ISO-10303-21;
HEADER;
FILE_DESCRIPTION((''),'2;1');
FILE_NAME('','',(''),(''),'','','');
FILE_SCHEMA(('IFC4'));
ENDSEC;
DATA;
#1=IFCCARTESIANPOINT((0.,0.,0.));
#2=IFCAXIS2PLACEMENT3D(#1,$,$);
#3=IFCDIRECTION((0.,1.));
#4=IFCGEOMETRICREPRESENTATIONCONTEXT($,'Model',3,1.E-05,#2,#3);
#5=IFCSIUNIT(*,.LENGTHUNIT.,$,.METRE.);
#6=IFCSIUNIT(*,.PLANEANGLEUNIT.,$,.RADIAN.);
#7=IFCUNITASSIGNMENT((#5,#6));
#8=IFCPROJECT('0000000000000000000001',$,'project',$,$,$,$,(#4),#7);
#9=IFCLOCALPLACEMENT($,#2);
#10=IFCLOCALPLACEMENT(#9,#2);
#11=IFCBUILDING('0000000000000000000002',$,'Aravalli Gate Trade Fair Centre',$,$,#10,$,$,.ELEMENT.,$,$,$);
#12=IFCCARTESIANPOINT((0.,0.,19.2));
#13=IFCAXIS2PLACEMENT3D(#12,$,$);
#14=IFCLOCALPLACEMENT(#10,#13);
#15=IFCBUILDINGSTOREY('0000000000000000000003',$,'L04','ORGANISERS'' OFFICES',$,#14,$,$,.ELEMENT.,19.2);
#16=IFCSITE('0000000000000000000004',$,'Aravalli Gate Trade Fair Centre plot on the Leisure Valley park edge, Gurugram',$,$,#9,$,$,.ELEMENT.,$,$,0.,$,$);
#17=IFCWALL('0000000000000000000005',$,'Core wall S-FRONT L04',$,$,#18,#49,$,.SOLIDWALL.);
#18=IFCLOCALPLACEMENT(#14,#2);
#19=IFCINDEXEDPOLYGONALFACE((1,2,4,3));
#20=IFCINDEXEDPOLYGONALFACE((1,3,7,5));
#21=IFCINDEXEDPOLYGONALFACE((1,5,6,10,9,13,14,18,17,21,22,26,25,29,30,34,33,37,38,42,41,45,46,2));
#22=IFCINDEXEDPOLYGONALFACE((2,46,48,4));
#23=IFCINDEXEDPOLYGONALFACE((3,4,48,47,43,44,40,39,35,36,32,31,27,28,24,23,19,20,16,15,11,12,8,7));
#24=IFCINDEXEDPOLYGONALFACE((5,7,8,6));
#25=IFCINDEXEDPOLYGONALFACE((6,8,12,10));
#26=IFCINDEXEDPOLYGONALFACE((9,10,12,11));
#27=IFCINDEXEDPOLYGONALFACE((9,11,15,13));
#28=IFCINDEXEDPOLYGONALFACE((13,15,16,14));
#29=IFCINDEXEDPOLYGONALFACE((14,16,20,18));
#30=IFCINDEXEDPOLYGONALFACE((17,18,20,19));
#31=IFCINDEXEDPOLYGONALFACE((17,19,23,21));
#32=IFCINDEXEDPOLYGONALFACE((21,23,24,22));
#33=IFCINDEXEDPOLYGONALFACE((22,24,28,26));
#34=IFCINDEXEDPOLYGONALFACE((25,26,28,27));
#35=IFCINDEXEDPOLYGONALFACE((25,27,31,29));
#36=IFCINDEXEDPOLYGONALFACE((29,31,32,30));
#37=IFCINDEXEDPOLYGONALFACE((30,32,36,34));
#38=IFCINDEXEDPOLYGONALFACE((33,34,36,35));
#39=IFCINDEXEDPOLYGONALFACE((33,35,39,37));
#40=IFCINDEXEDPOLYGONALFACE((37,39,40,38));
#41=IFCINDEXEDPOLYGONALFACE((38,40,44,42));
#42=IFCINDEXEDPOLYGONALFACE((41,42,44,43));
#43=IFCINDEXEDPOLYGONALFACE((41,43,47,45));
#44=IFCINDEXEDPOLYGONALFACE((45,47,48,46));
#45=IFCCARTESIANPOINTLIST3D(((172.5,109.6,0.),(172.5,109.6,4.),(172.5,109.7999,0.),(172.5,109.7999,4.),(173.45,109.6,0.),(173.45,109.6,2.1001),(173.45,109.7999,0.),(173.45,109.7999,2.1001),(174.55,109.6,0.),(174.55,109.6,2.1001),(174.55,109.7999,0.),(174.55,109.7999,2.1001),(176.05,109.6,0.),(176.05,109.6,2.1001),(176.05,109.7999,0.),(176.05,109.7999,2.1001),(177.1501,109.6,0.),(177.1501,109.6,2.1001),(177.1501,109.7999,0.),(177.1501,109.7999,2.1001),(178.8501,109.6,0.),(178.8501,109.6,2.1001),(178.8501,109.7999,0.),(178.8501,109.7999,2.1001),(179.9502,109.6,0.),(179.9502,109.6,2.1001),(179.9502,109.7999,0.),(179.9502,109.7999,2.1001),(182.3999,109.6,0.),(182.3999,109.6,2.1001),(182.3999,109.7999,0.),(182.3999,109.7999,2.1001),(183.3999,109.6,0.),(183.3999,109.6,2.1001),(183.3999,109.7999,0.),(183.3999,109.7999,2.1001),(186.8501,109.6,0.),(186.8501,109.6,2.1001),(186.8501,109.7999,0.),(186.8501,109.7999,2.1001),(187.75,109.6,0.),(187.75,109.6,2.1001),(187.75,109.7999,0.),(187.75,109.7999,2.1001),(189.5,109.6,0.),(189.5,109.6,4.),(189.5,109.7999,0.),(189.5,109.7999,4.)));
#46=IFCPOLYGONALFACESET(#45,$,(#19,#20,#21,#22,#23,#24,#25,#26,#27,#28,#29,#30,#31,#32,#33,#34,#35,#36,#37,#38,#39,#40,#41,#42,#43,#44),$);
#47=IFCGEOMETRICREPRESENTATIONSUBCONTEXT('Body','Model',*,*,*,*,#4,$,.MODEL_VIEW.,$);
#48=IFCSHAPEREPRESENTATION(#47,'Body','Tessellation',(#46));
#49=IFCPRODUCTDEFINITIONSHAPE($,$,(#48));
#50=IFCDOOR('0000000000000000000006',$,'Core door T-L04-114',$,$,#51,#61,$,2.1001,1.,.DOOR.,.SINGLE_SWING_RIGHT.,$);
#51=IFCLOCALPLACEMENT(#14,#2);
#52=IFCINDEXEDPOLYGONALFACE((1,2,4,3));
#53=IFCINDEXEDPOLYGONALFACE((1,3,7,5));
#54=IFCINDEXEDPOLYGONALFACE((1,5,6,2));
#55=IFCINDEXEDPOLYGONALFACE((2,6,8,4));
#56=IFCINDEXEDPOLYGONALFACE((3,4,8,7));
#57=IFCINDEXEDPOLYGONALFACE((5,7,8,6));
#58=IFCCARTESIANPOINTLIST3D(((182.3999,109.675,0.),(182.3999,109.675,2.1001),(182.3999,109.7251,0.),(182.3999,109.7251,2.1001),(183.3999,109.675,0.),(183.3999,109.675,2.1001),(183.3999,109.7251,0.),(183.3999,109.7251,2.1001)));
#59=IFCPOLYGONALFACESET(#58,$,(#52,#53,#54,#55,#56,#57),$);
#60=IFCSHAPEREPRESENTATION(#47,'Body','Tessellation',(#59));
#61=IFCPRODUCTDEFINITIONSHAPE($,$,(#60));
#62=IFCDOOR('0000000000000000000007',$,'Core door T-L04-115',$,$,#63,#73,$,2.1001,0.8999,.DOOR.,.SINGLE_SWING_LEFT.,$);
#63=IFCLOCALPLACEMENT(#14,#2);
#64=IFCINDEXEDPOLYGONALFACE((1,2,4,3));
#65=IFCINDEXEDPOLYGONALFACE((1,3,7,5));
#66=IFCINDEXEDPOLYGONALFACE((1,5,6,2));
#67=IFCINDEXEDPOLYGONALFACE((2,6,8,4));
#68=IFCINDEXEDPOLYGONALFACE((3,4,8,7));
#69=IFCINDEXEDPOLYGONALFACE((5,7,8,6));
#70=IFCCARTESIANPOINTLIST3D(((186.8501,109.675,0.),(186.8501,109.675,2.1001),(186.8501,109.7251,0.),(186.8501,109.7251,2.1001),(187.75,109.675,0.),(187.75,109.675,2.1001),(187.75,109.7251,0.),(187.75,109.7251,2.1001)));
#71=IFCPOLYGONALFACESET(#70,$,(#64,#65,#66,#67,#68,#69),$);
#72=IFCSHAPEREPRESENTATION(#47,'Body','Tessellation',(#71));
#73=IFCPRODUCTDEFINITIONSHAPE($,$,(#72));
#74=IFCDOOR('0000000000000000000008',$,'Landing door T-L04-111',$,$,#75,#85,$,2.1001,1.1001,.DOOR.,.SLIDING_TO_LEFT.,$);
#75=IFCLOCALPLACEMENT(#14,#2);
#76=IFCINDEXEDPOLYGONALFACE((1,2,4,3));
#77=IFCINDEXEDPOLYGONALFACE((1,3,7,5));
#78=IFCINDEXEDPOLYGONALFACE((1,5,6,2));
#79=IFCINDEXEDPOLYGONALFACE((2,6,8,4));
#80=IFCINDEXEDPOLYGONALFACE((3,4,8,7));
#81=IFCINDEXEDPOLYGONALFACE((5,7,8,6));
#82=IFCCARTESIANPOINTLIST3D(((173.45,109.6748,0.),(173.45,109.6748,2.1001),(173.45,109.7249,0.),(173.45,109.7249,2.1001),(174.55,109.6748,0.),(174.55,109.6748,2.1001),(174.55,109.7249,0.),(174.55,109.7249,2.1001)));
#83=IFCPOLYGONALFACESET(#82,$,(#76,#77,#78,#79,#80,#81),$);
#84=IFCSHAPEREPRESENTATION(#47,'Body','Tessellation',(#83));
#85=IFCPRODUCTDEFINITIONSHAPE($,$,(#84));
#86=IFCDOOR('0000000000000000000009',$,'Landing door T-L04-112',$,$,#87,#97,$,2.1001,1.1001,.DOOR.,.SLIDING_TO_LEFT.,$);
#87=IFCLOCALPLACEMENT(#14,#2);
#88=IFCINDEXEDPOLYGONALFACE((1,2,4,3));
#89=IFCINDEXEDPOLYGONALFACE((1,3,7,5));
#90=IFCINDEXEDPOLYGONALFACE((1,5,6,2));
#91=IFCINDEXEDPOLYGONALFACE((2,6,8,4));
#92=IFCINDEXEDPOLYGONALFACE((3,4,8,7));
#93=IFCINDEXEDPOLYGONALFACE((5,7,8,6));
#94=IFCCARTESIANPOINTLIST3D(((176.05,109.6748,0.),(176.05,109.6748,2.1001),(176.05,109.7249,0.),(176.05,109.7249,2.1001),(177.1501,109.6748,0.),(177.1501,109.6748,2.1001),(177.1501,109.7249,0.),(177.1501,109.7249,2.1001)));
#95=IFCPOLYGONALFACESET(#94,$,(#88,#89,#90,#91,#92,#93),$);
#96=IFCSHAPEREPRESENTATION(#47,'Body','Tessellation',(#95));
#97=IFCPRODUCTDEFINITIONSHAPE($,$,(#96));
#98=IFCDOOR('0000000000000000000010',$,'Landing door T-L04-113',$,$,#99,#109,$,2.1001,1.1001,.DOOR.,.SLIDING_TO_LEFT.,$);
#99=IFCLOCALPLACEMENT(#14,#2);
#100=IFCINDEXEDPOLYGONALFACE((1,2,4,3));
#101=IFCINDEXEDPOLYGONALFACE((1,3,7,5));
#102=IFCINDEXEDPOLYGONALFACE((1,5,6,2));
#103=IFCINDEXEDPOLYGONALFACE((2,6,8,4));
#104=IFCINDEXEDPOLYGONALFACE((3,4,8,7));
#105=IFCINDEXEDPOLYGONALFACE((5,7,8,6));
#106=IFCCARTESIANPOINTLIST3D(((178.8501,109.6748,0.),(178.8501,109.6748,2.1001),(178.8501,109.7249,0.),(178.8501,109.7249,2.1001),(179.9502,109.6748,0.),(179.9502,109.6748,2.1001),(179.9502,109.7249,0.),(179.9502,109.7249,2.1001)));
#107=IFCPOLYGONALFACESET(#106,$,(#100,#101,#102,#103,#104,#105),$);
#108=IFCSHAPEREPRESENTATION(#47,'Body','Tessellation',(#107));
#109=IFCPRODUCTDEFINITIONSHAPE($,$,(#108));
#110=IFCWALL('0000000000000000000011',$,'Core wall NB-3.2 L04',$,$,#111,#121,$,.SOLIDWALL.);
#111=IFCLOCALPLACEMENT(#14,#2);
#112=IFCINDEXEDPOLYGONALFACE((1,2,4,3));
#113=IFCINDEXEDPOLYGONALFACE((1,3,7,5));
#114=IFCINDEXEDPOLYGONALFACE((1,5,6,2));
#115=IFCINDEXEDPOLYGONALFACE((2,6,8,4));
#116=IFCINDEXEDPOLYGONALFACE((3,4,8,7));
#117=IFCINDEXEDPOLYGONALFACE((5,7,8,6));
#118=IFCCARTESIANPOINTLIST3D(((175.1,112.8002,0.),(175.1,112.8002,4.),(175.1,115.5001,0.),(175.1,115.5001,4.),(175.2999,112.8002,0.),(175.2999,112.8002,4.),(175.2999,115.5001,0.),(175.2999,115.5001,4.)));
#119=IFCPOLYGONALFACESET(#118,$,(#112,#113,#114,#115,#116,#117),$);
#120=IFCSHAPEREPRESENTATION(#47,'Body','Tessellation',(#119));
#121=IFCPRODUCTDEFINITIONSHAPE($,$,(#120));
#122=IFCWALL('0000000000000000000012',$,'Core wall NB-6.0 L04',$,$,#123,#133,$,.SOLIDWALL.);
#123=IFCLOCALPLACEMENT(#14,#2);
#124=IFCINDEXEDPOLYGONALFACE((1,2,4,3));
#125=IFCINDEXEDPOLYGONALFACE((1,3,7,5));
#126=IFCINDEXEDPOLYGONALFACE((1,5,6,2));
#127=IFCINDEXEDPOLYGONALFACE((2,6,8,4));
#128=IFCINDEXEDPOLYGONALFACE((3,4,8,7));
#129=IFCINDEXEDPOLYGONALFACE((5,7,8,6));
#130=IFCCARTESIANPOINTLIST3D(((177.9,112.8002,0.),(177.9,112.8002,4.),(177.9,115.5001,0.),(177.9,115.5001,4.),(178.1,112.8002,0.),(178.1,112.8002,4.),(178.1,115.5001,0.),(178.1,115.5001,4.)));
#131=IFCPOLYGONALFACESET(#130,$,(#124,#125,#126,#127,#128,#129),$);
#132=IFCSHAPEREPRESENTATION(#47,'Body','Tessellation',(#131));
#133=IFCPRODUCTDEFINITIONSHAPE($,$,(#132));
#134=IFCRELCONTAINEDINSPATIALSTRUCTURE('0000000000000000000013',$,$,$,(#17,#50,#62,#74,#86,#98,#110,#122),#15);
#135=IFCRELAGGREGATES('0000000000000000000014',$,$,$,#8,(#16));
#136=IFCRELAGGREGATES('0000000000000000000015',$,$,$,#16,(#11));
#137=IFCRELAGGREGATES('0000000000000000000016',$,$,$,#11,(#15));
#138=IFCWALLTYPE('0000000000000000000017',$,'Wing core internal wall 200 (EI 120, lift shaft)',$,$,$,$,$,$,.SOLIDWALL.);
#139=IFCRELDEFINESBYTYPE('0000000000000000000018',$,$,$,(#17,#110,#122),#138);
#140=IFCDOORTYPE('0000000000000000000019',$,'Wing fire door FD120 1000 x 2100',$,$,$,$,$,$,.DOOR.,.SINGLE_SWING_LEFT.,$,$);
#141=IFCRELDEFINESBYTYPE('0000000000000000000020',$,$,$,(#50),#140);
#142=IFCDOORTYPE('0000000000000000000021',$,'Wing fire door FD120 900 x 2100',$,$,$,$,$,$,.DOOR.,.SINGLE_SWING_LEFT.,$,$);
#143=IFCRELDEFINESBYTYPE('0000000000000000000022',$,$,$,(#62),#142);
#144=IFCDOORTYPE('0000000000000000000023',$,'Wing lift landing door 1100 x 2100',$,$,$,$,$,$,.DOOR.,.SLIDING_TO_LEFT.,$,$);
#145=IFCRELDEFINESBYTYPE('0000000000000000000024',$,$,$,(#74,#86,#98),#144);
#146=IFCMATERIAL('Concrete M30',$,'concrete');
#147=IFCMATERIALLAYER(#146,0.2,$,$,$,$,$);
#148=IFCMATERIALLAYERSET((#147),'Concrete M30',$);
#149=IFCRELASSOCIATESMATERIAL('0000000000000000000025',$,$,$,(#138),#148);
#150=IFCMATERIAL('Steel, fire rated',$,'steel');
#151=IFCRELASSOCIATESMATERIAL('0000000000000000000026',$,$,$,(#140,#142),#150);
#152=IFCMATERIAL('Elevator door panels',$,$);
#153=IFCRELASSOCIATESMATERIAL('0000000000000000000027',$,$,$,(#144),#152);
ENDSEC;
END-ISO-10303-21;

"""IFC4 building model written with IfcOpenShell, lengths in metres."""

from ifc_helpers import new_model, si_unit, direction, frame, frame_2d, origin, place, context, subcontext, project, spatial, rectangle, extrude, material, layer, layer_set, type_object, element, fill, save


model = new_model("IFC4")

# Units and contexts
model_context = context("Model", 3, precision=1e-05, world=origin(), true_north=direction((0.0, 1.0)))
body_context = subcontext(model_context, "Body", "Model", "MODEL_VIEW")
ifc_project = project(units=[si_unit("LENGTHUNIT", "METRE"), si_unit("PLANEANGLEUNIT", "RADIAN")], contexts=[model_context])

# Site, building, storey
site_placement = place(None, origin())
site = spatial("IfcSite", under=ifc_project, at=site_placement, Name="Aravalli Gate Trade Fair Centre plot on the Leisure Valley park edge, Gurugram", CompositionType="ELEMENT", RefElevation=0.0)
building_placement = place(site_placement, origin())
building = spatial("IfcBuilding", under=site, at=building_placement, Name="Aravalli Gate Trade Fair Centre", CompositionType="ELEMENT")
storey_placement = place(building_placement, frame((0.0, 0.0, 19.2)))
storey = spatial("IfcBuildingStorey", under=building, at=storey_placement, Name="L04", Description="ORGANISERS' OFFICES", CompositionType="ELEMENT", Elevation=19.2)

# Shared definitions
ifc_material_1 = material(Name="Concrete M30", Category="concrete")

# Wall, openings, doors
ifc_layer_1 = layer(ifc_material_1, 0.2)
ifc_layer_set_1 = layer_set([ifc_layer_1], Name="Concrete M30")
wall_type_1 = type_object("IfcWallType", Name="Wing core internal wall 200 (EI 120, lift shaft)", PredefinedType="SOLIDWALL", material=ifc_layer_set_1)
wall_1_placement = place(storey_placement, frame((172.5, 109.7, 0.0), z_axis=(0.0, 0.0, 1.0), x_axis=(1.0, 0.0, 0.0)))
wall_1 = element("IfcWall", 1, at=wall_1_placement, inside=storey, type_object=wall_type_1, Name="Core wall S-FRONT L04", PredefinedType="SOLIDWALL", context=body_context, shape_type="SweptSolid", body=[
    extrude(rectangle(XDim=17.0, YDim=0.2, at=frame_2d((8.5, 0.0))), origin(), (0.0, 0.0, 1.0), 4.0),
])
opening_1_placement = place(wall_1_placement, frame((0.95, 0.0, 0.0)))
opening_1 = element("IfcOpeningElement", 2, at=opening_1_placement, cuts=wall_1, PredefinedType="OPENING", context=body_context, shape_type="SweptSolid", body=[
    extrude(rectangle(XDim=1.1001, YDim=2.1001, at=frame_2d((0.55, 1.05))), frame((0.0, 0.1099, 0.0), z_axis=(0.0, -1.0, 0.0), x_axis=(1.0, 0.0, 0.0)), (0.0, 0.0, 1.0), 0.22),
])
opening_2_placement = place(wall_1_placement, frame((3.55, 0.0, 0.0)))
opening_2 = element("IfcOpeningElement", 3, at=opening_2_placement, cuts=wall_1, PredefinedType="OPENING", context=body_context, shape_type="SweptSolid", body=[
    extrude(rectangle(XDim=1.1001, YDim=2.1001, at=frame_2d((0.55, 1.05))), frame((0.0, 0.1099, 0.0), z_axis=(0.0, -1.0, 0.0), x_axis=(1.0, 0.0, 0.0)), (0.0, 0.0, 1.0), 0.22),
])
opening_3_placement = place(wall_1_placement, frame((6.3501, 0.0, 0.0)))
opening_3 = element("IfcOpeningElement", 4, at=opening_3_placement, cuts=wall_1, PredefinedType="OPENING", context=body_context, shape_type="SweptSolid", body=[
    extrude(rectangle(XDim=1.1001, YDim=2.1001, at=frame_2d((0.55, 1.05))), frame((0.0, 0.1099, 0.0), z_axis=(0.0, -1.0, 0.0), x_axis=(1.0, 0.0, 0.0)), (0.0, 0.0, 1.0), 0.22),
])
opening_4_placement = place(wall_1_placement, frame((9.8999, 0.0, 0.0)))
opening_4 = element("IfcOpeningElement", 5, at=opening_4_placement, cuts=wall_1, PredefinedType="OPENING", context=body_context, shape_type="SweptSolid", body=[
    extrude(rectangle(XDim=1.0, YDim=2.1001, at=frame_2d((0.5, 1.05))), frame((0.0, 0.1099, 0.0), z_axis=(0.0, -1.0, 0.0), x_axis=(1.0, 0.0, 0.0)), (0.0, 0.0, 1.0), 0.22),
])
opening_5_placement = place(wall_1_placement, frame((14.3501, 0.0, 0.0)))
opening_5 = element("IfcOpeningElement", 6, at=opening_5_placement, cuts=wall_1, PredefinedType="OPENING", context=body_context, shape_type="SweptSolid", body=[
    extrude(rectangle(XDim=0.8999, YDim=2.1001, at=frame_2d((0.45, 1.05))), frame((0.0, 0.1099, 0.0), z_axis=(0.0, -1.0, 0.0), x_axis=(1.0, 0.0, 0.0)), (0.0, 0.0, 1.0), 0.22),
])
ifc_material_2 = material(Name="Steel, fire rated", Category="steel")
door_type_1 = type_object("IfcDoorType", Name="Wing fire door FD120 1000 x 2100", OperationType="SINGLE_SWING_LEFT", PredefinedType="DOOR", material=ifc_material_2)
door_1_placement = place(opening_4_placement, frame((1.0, 0.0, 0.0), z_axis=(0.0, 0.0, 1.0), x_axis=(-1.0, 0.0, 0.0)))
door_1 = element("IfcDoor", 7, at=door_1_placement, inside=storey, type_object=door_type_1, Name="Core door T-L04-114", OperationType="SINGLE_SWING_RIGHT", OverallHeight=2.1001, OverallWidth=1.0, PredefinedType="DOOR", context=body_context, shape_type="SweptSolid", body=[
    extrude(rectangle(XDim=1.0, YDim=2.1001, at=frame_2d((0.5, 1.05))), frame((0.0, 0.0249, 0.0), z_axis=(0.0, -1.0, 0.0), x_axis=(1.0, 0.0, 0.0)), (0.0, 0.0, 1.0), 0.05),
])
fill(opening_4, door_1)
door_type_2 = type_object("IfcDoorType", Name="Wing fire door FD120 900 x 2100", OperationType="SINGLE_SWING_LEFT", PredefinedType="DOOR", material=ifc_material_2)
door_2_placement = place(opening_5_placement, frame((0.8999, 0.0, 0.0), z_axis=(0.0, 0.0, 1.0), x_axis=(-1.0, 0.0, 0.0)))
door_2 = element("IfcDoor", 8, at=door_2_placement, inside=storey, type_object=door_type_2, Name="Core door T-L04-115", OperationType="SINGLE_SWING_LEFT", OverallHeight=2.1001, OverallWidth=0.8999, PredefinedType="DOOR", context=body_context, shape_type="SweptSolid", body=[
    extrude(rectangle(XDim=0.8999, YDim=2.1001, at=frame_2d((0.45, 1.05))), frame((0.0, 0.0249, 0.0), z_axis=(0.0, -1.0, 0.0), x_axis=(1.0, 0.0, 0.0)), (0.0, 0.0, 1.0), 0.05),
])
fill(opening_5, door_2)
ifc_material_3 = material(Name="Elevator door panels")
door_type_3 = type_object("IfcDoorType", Name="Wing lift landing door 1100 x 2100", OperationType="SLIDING_TO_LEFT", PredefinedType="DOOR", material=ifc_material_3)
door_3_placement = place(opening_1_placement, origin())
door_3 = element("IfcDoor", 9, at=door_3_placement, inside=storey, type_object=door_type_3, Name="Landing door T-L04-111", OperationType="SLIDING_TO_LEFT", OverallHeight=2.1001, OverallWidth=1.1001, PredefinedType="DOOR", context=body_context, shape_type="SweptSolid", body=[
    extrude(rectangle(XDim=1.1001, YDim=2.1001, at=frame_2d((0.55, 1.05))), frame((0.0, 0.0249, 0.0), z_axis=(0.0, -1.0, 0.0), x_axis=(1.0, 0.0, 0.0)), (0.0, 0.0, 1.0), 0.05),
])
fill(opening_1, door_3)
door_4_placement = place(opening_2_placement, origin())
door_4 = element("IfcDoor", 10, at=door_4_placement, inside=storey, type_object=door_type_3, Name="Landing door T-L04-112", OperationType="SLIDING_TO_LEFT", OverallHeight=2.1001, OverallWidth=1.1001, PredefinedType="DOOR", context=body_context, shape_type="SweptSolid", body=[
    extrude(rectangle(XDim=1.1001, YDim=2.1001, at=frame_2d((0.55, 1.05))), frame((0.0, 0.0249, 0.0), z_axis=(0.0, -1.0, 0.0), x_axis=(1.0, 0.0, 0.0)), (0.0, 0.0, 1.0), 0.05),
])
fill(opening_2, door_4)
door_5_placement = place(opening_3_placement, origin())
door_5 = element("IfcDoor", 11, at=door_5_placement, inside=storey, type_object=door_type_3, Name="Landing door T-L04-113", OperationType="SLIDING_TO_LEFT", OverallHeight=2.1001, OverallWidth=1.1001, PredefinedType="DOOR", context=body_context, shape_type="SweptSolid", body=[
    extrude(rectangle(XDim=1.1001, YDim=2.1001, at=frame_2d((0.55, 1.05))), frame((0.0, 0.0249, 0.0), z_axis=(0.0, -1.0, 0.0), x_axis=(1.0, 0.0, 0.0)), (0.0, 0.0, 1.0), 0.05),
])
fill(opening_3, door_5)

# Walls
for number, where, z_axis, x_axis, name in (
    (12, (175.2, 112.8, 0.0), (0.0, 0.0, 1.0), (0.0, 1.0, 0.0), "Core wall NB-3.2 L04"),
    (13, (178.0, 112.8, 0.0), (0.0, 0.0, 1.0), (0.0, 1.0, 0.0), "Core wall NB-6.0 L04"),
):
    element("IfcWall", number, at=place(storey_placement, frame(where, z_axis=z_axis, x_axis=x_axis)), inside=storey, type_object=wall_type_1, Name=name, PredefinedType="SOLIDWALL", context=body_context, shape_type="SweptSolid", body=[
        extrude(rectangle(XDim=2.7, YDim=0.2, at=frame_2d((1.3501, 0.0))), origin(), (0.0, 0.0, 1.0), 4.0),
    ])

save(model, "model.ifc")
